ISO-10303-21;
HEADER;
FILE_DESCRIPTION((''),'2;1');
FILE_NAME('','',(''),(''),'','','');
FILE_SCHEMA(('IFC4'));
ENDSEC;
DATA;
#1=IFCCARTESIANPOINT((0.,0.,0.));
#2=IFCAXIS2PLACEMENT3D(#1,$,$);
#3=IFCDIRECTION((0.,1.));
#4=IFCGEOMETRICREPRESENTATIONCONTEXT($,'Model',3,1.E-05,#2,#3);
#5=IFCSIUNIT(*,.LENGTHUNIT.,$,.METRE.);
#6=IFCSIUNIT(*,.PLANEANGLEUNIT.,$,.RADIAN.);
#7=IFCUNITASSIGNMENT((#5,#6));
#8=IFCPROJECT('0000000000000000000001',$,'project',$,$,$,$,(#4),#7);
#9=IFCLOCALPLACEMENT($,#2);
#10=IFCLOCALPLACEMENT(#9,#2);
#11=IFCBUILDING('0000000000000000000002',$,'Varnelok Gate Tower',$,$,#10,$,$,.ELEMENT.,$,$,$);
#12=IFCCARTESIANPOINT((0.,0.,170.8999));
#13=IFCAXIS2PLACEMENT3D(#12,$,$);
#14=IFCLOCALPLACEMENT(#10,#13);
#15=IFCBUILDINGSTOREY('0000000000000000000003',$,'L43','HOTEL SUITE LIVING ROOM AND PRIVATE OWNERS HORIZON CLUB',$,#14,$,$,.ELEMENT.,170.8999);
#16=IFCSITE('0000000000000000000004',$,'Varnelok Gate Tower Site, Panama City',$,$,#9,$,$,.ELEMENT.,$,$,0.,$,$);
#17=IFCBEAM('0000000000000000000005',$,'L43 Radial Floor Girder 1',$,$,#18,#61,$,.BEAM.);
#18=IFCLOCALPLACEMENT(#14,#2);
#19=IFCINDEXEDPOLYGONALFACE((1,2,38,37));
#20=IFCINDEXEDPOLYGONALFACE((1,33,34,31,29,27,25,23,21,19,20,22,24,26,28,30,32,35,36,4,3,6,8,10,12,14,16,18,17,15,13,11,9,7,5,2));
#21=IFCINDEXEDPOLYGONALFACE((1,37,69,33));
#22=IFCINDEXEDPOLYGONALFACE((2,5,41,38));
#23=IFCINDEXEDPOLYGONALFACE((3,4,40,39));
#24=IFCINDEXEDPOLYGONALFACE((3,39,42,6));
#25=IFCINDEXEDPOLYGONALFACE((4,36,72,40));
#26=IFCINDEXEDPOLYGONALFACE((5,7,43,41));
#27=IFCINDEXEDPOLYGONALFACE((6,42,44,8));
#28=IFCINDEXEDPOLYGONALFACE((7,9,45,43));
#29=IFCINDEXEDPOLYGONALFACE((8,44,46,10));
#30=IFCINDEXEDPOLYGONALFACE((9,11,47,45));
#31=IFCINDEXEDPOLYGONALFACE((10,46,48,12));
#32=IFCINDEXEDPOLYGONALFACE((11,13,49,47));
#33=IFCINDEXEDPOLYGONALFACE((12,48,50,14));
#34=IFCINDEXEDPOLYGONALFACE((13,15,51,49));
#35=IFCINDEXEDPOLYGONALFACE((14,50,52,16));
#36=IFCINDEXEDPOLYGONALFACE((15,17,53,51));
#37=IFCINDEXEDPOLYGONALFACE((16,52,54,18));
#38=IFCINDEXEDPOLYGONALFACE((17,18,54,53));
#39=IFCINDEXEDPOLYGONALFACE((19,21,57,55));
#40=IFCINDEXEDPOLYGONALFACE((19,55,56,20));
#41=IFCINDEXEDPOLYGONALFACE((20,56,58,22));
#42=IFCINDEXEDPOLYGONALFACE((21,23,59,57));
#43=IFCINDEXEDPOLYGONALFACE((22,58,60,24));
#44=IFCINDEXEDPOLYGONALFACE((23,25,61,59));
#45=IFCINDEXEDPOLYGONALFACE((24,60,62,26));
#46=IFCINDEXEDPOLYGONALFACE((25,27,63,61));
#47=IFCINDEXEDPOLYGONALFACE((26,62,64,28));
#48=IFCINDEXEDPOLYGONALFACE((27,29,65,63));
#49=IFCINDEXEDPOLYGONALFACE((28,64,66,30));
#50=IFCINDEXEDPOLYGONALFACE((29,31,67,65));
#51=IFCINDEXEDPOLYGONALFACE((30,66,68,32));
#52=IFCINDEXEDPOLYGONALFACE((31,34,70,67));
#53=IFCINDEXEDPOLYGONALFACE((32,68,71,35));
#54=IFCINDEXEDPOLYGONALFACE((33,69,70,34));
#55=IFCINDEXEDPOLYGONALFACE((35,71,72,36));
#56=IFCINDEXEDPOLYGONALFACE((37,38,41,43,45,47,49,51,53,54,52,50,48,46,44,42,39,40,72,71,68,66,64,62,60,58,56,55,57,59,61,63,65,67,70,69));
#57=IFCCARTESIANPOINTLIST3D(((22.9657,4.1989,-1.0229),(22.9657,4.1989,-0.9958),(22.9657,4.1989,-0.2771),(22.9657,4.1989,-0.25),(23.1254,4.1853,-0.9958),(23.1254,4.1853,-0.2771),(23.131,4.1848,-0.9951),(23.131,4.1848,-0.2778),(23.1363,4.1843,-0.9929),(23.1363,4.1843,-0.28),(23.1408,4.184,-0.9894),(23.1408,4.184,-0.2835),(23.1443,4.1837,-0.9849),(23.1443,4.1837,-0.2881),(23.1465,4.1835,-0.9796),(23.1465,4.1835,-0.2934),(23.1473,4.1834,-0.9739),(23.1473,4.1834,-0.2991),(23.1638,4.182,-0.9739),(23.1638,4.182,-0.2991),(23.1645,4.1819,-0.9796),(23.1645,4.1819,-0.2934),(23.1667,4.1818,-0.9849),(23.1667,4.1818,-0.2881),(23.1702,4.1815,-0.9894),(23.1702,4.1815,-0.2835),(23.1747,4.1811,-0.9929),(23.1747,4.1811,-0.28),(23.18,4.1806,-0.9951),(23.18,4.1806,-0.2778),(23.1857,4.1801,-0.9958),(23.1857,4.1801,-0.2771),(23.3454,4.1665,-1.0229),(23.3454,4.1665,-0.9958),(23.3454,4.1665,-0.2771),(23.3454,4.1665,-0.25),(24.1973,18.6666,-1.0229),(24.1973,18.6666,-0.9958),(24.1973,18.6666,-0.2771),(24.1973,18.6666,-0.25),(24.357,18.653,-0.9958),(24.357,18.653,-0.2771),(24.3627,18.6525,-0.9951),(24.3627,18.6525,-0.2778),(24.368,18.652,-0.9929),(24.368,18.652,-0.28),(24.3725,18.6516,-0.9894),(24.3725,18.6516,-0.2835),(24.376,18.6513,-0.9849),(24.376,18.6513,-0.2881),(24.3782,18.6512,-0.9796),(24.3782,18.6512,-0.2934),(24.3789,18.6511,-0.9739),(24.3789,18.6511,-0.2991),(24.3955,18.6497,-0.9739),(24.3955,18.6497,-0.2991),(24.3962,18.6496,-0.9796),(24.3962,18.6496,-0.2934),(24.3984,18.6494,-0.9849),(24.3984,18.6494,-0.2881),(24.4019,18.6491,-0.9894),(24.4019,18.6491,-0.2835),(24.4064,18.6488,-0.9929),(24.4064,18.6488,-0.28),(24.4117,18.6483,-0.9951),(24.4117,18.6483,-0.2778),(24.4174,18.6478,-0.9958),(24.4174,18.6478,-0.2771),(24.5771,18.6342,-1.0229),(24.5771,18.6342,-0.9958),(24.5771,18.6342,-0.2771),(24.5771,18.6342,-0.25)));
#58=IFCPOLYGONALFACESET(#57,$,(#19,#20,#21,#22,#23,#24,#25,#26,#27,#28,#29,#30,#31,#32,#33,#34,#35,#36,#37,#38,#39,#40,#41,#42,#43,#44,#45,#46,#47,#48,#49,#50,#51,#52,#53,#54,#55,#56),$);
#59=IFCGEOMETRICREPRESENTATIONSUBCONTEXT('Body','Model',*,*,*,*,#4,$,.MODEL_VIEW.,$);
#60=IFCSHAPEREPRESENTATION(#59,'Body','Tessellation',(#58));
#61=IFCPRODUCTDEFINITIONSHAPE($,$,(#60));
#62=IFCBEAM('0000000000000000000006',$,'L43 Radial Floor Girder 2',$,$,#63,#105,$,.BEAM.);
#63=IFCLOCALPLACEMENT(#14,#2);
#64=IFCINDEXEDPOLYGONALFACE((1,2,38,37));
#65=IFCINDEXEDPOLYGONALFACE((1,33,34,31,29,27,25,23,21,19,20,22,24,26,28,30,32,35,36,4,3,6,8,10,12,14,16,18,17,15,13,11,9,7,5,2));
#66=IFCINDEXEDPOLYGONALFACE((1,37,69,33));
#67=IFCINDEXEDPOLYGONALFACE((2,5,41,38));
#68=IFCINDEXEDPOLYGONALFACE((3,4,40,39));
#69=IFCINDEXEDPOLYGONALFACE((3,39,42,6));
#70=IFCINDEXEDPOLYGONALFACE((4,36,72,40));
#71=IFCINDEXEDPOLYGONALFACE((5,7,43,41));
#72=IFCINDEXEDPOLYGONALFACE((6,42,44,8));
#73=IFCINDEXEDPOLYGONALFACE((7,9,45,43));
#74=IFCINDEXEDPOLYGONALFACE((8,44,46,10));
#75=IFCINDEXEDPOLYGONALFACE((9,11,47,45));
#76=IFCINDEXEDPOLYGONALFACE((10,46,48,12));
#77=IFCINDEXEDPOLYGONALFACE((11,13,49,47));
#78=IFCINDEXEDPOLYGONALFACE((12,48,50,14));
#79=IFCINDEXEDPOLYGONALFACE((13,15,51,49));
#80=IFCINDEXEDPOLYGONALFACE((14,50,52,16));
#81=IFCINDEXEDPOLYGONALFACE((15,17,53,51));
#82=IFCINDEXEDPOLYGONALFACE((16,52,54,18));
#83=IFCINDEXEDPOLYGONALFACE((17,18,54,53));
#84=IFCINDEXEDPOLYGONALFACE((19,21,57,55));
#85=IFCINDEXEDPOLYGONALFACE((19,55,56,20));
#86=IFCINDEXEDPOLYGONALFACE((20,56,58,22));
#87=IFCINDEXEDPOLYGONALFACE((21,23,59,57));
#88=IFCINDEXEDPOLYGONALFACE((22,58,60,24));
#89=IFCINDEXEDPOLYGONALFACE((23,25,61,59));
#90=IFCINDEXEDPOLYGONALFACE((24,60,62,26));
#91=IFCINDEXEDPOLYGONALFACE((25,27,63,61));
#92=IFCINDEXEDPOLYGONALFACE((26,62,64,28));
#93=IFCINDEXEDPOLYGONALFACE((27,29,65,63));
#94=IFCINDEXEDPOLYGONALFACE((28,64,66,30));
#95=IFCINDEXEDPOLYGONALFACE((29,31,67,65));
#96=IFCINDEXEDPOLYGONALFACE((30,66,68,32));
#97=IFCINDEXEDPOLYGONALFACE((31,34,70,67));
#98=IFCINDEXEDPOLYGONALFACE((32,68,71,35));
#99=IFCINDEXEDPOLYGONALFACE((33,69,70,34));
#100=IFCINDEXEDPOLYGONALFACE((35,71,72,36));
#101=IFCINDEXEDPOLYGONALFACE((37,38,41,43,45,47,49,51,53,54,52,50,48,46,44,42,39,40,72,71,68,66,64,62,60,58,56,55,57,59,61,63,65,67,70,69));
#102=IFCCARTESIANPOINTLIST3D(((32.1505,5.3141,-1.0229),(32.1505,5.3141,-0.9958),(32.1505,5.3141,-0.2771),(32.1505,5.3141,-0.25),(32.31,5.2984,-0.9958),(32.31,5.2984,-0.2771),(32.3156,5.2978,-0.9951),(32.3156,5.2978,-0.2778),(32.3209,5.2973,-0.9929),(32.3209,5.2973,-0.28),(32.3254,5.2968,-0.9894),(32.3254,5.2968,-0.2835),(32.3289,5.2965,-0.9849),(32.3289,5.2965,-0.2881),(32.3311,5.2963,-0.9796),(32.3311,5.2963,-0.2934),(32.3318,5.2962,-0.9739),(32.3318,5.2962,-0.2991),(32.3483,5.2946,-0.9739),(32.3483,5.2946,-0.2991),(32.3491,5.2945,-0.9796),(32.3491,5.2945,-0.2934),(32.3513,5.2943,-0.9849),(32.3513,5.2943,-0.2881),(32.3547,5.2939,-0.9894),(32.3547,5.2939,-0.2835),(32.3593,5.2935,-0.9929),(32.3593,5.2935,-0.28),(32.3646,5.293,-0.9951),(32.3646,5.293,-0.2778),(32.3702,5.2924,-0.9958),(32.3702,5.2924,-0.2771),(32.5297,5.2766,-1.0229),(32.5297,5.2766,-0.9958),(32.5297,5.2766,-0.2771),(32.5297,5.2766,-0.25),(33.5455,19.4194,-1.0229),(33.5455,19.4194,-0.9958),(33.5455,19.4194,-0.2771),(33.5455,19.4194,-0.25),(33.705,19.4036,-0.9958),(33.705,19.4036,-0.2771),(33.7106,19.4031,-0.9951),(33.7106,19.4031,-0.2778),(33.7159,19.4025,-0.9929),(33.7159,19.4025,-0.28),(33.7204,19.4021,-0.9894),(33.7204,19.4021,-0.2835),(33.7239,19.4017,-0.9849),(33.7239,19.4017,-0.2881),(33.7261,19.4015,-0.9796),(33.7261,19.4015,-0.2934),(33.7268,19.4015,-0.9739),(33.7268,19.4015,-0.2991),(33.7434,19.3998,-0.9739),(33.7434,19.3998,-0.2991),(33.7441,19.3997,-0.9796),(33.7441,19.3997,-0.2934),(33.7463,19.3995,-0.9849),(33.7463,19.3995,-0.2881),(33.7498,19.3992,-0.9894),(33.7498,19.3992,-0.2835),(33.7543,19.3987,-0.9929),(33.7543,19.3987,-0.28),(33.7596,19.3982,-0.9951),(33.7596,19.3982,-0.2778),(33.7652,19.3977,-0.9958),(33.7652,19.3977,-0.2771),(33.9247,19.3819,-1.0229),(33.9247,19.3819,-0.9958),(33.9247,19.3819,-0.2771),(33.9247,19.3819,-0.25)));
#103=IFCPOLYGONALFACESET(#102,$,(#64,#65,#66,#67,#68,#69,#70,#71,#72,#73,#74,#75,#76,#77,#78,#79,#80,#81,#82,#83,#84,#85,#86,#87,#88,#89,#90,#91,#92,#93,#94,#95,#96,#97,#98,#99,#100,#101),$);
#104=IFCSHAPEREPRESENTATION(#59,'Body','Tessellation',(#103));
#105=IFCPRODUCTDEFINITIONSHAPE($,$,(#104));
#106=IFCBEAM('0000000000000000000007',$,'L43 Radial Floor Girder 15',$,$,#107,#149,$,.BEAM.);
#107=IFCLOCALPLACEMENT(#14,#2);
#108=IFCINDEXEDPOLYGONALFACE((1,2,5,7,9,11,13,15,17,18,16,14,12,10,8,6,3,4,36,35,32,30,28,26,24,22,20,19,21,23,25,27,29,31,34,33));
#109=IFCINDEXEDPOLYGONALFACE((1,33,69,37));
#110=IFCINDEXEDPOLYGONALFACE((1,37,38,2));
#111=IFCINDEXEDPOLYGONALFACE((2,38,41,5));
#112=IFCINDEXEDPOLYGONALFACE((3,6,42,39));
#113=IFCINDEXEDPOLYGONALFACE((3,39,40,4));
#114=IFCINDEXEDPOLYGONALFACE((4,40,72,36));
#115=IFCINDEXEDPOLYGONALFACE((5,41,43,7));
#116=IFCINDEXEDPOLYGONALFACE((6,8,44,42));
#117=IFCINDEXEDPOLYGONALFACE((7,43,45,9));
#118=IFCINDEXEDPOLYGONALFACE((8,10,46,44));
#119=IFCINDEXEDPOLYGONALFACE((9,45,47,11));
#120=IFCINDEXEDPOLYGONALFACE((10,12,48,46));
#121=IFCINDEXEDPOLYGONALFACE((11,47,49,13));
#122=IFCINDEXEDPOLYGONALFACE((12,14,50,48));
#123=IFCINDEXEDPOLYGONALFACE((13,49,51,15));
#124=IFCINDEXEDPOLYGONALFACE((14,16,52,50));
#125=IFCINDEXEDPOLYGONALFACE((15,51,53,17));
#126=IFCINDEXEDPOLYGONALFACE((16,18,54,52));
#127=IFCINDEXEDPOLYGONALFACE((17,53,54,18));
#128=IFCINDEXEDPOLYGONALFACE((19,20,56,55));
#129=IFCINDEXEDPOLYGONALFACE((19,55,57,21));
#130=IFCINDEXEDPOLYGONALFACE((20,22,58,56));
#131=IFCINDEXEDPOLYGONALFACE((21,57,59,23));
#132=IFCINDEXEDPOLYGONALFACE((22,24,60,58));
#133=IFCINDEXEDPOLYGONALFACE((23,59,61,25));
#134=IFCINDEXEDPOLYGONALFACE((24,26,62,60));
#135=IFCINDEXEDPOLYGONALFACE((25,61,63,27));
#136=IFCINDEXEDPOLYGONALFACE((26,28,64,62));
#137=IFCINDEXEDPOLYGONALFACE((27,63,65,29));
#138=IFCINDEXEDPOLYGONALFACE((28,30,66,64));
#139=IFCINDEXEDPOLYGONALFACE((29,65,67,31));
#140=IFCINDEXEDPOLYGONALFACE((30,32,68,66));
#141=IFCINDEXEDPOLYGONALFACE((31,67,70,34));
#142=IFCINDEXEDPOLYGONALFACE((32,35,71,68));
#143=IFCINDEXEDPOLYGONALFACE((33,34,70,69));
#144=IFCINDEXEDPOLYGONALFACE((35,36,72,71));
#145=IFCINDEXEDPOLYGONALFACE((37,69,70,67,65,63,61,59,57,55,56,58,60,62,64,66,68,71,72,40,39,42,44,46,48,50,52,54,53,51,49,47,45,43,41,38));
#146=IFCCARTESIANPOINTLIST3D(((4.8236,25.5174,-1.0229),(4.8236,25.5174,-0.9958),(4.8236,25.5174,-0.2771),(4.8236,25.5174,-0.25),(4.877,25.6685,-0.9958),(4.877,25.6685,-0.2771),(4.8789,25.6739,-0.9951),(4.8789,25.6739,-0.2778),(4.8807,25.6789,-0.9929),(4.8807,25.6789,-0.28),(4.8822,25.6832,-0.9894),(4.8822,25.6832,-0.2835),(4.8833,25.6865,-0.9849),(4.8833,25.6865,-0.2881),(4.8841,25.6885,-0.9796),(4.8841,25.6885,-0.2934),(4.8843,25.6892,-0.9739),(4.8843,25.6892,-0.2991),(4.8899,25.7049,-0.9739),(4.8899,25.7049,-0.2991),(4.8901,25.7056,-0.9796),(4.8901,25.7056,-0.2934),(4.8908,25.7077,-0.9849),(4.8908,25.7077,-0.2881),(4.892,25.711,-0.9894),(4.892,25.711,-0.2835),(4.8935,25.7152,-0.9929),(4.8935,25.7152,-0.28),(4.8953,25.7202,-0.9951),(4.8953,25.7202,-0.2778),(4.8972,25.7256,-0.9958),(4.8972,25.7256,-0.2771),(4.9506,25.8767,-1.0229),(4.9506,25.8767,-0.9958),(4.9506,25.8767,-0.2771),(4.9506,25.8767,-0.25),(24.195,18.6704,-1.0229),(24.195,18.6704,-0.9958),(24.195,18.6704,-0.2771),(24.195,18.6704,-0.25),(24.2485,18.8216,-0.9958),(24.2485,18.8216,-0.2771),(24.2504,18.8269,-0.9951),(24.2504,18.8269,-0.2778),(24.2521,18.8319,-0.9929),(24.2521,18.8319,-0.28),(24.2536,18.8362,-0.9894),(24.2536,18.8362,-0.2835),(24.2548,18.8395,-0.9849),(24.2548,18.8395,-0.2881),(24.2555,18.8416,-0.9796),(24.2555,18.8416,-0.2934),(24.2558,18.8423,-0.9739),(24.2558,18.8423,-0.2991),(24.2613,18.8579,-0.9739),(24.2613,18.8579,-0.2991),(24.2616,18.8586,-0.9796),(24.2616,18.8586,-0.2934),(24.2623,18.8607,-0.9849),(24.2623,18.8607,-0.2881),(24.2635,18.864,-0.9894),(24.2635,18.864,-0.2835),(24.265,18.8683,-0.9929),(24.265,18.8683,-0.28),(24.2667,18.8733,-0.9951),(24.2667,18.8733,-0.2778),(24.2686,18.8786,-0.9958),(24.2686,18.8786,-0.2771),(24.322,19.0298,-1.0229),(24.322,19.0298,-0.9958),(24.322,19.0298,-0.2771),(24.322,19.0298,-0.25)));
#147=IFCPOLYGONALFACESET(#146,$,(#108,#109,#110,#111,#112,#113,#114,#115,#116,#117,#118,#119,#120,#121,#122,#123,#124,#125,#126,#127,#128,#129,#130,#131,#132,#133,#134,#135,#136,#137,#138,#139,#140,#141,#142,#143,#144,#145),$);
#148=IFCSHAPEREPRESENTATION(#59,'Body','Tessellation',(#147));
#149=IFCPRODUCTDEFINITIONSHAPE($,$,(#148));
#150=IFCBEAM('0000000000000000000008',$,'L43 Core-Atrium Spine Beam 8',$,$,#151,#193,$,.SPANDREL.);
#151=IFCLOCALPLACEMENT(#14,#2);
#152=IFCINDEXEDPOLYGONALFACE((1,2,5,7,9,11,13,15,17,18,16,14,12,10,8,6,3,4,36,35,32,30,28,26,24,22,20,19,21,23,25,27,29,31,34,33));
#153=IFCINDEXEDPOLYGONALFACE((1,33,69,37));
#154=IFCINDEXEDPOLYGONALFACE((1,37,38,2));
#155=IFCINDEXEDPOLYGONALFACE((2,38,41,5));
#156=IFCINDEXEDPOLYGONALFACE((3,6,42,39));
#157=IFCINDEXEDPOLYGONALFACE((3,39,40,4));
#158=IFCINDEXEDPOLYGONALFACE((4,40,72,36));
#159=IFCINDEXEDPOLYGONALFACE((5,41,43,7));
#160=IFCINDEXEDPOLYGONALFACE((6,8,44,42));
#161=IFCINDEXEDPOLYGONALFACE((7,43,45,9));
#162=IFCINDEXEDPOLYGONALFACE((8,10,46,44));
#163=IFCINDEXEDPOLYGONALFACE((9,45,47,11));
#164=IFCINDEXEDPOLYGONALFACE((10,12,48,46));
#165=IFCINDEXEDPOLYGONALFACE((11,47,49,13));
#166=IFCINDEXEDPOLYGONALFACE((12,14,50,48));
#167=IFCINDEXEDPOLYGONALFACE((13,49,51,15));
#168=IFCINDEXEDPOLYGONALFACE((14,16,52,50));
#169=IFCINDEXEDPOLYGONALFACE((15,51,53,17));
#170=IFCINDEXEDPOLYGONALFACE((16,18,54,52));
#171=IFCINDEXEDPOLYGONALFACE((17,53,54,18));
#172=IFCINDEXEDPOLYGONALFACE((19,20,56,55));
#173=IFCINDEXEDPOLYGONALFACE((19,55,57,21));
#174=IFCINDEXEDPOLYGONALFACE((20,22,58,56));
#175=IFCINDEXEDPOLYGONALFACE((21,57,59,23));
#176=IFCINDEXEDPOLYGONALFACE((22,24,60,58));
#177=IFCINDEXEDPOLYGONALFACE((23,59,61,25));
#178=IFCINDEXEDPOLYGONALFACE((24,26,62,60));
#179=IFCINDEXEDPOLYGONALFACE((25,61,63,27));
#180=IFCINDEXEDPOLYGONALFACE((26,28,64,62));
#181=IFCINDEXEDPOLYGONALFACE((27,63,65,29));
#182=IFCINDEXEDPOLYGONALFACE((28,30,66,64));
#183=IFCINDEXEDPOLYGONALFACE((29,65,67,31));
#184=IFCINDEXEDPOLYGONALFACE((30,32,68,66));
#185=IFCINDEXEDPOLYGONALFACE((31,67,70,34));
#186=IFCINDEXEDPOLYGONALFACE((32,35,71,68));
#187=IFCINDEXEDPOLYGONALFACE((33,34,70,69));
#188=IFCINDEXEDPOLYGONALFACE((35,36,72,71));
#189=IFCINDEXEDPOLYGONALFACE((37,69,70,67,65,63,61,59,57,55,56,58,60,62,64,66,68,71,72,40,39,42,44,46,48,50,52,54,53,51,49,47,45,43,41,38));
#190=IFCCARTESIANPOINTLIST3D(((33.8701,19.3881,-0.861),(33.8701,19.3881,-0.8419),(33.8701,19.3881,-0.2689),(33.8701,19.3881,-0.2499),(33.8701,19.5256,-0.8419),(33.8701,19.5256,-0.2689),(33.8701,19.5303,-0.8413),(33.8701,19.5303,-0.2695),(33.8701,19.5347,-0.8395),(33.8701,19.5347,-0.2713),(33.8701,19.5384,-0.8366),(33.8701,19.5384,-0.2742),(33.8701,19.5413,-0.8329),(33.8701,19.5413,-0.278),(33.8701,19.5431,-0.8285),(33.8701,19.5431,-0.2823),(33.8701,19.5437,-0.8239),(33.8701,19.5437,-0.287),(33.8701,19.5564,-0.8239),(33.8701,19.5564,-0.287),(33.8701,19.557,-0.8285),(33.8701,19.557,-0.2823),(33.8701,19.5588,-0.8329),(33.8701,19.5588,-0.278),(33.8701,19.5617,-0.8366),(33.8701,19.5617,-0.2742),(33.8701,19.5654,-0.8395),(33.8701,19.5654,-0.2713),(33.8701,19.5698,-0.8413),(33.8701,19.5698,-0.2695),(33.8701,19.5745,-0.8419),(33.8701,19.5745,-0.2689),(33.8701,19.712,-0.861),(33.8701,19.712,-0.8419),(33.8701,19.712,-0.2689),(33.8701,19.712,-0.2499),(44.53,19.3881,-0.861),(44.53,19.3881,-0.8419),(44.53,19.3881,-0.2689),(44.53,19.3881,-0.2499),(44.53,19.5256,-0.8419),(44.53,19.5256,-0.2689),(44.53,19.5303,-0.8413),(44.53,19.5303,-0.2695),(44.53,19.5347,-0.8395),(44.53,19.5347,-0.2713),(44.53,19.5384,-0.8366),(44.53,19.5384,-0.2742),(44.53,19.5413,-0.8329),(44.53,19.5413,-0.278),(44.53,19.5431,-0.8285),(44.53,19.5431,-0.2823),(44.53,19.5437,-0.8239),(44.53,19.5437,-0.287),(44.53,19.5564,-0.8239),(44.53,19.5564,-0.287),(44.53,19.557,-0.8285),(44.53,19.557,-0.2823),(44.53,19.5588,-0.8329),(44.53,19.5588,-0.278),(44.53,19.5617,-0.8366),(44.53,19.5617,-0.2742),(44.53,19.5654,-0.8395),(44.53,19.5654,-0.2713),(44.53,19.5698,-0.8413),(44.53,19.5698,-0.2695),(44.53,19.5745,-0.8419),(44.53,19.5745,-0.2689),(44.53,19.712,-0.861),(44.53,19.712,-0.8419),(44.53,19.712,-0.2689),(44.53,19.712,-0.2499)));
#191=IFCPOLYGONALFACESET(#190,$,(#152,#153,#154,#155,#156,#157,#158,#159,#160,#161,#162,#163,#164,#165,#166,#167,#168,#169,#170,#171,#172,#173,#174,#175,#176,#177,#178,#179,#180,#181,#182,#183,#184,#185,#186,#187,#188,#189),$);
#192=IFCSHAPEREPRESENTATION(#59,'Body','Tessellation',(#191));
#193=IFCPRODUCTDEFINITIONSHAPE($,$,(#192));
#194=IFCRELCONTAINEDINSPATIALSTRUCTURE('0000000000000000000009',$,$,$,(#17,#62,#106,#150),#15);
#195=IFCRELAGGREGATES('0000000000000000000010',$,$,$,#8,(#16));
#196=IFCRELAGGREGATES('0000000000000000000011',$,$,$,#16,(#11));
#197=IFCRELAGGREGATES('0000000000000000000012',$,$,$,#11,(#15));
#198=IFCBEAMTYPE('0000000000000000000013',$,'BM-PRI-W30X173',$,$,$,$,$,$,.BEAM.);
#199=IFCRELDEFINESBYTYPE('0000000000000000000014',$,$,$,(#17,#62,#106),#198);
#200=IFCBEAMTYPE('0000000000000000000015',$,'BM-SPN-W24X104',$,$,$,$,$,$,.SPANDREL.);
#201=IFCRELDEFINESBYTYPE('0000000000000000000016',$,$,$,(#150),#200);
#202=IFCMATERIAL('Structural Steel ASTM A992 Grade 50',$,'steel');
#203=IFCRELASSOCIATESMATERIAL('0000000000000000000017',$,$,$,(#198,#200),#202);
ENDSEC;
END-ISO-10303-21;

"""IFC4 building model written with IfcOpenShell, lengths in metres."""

from ifc_helpers import new_model, si_unit, direction, frame, origin, origin_2d, place, context, subcontext, project, spatial, i_section, extrude, material, material_profile, profile_set, type_object, element, save


model = new_model("IFC4")

# Units and contexts
model_context = context("Model", 3, precision=1e-05, world=origin(), true_north=direction((0.0, 1.0)))
body_context = subcontext(model_context, "Body", "Model", "MODEL_VIEW")
ifc_project = project(units=[si_unit("LENGTHUNIT", "METRE"), si_unit("PLANEANGLEUNIT", "RADIAN")], contexts=[model_context])

# Site, building, storey
site_placement = place(None, origin())
site = spatial("IfcSite", under=ifc_project, at=site_placement, Name="Varnelok Gate Tower Site, Panama City", CompositionType="ELEMENT", RefElevation=0.0)
building_placement = place(site_placement, origin())
building = spatial("IfcBuilding", under=site, at=building_placement, Name="Varnelok Gate Tower", CompositionType="ELEMENT")
storey_placement = place(building_placement, frame((0.0, 0.0, 170.8999)))
storey = spatial("IfcBuildingStorey", under=building, at=storey_placement, Name="L43", Description="HOTEL SUITE LIVING ROOM AND PRIVATE OWNERS HORIZON CLUB", CompositionType="ELEMENT", Elevation=170.8999)

# Shared definitions
ifc_material_1 = material(Name="Structural Steel ASTM A992 Grade 50", Category="steel")

# Beams
ifc_material_profile_1 = material_profile(ifc_material_1, i_section(OverallWidth=0.3811, OverallDepth=0.7729, WebThickness=0.0166, FlangeThickness=0.0271, FilletRadius=0.022, at=origin_2d()), Name="W30X173")
ifc_profile_set_1 = profile_set([ifc_material_profile_1], Name="Structural Steel ASTM A992 Grade 50")
beam_type_1 = type_object("IfcBeamType", Name="BM-PRI-W30X173", PredefinedType="BEAM", material=ifc_profile_set_1)
beam_1_placement = place(storey_placement, frame((24.3872, 18.6504, -0.6365), z_axis=(-0.084826, -0.996396, 0.0), x_axis=(0.996396, -0.084826, 0.0)))
element("IfcBeam", 1, at=beam_1_placement, inside=storey, type_object=beam_type_1, Name="L43 Radial Floor Girder 1", PredefinedType="BEAM", context=body_context, shape_type="SweptSolid", body=[
    extrude(i_section(OverallWidth=0.3811, OverallDepth=0.7729, WebThickness=0.0166, FlangeThickness=0.0271, FilletRadius=0.022, at=origin_2d()), origin(), (0.0, 0.0, 1.0), 14.52),
])
beam_2_placement = place(storey_placement, frame((33.7351, 19.4006, -0.6365), z_axis=(-0.098421, -0.995145, 0.0), x_axis=(0.995145, -0.098421, 0.0)))
element("IfcBeam", 2, at=beam_2_placement, inside=storey, type_object=beam_type_1, Name="L43 Radial Floor Girder 2", PredefinedType="BEAM", context=body_context, shape_type="SweptSolid", body=[
    extrude(i_section(OverallWidth=0.3811, OverallDepth=0.7729, WebThickness=0.0166, FlangeThickness=0.0271, FilletRadius=0.022, at=origin_2d()), origin(), (0.0, 0.0, 1.0), 14.1741),
])
beam_3_placement = place(storey_placement, frame((24.2585, 18.8501, -0.6365), z_axis=(-0.942838, 0.333252, 0.0), x_axis=(-0.333252, -0.942838, 0.0)))
element("IfcBeam", 3, at=beam_3_placement, inside=storey, type_object=beam_type_1, Name="L43 Radial Floor Girder 15", PredefinedType="BEAM", context=body_context, shape_type="SweptSolid", body=[
    extrude(i_section(OverallWidth=0.3811, OverallDepth=0.7729, WebThickness=0.0166, FlangeThickness=0.0271, FilletRadius=0.022, at=origin_2d()), origin(), (0.0, 0.0, 1.0), 20.5459),
])
ifc_material_profile_2 = material_profile(ifc_material_1, i_section(OverallWidth=0.324, OverallDepth=0.6111, WebThickness=0.0127, FlangeThickness=0.019, FilletRadius=0.0181, at=origin_2d()), Name="W24X104")
ifc_profile_set_2 = profile_set([ifc_material_profile_2], Name="Structural Steel ASTM A992 Grade 50")
beam_type_2 = type_object("IfcBeamType", Name="BM-SPN-W24X104", PredefinedType="SPANDREL", material=ifc_profile_set_2)
beam_4_placement = place(storey_placement, frame((33.8701, 19.55, -0.5554), z_axis=(1.0, 0.0, 0.0), x_axis=(0.0, 1.0, 0.0)))
element("IfcBeam", 4, at=beam_4_placement, inside=storey, type_object=beam_type_2, Name="L43 Core-Atrium Spine Beam 8", PredefinedType="SPANDREL", context=body_context, shape_type="SweptSolid", body=[
    extrude(i_section(OverallWidth=0.324, OverallDepth=0.6111, WebThickness=0.0127, FlangeThickness=0.019, FilletRadius=0.0181, at=origin_2d()), origin(), (0.0, 0.0, 1.0), 10.6599),
])

save(model, "model.ifc")
